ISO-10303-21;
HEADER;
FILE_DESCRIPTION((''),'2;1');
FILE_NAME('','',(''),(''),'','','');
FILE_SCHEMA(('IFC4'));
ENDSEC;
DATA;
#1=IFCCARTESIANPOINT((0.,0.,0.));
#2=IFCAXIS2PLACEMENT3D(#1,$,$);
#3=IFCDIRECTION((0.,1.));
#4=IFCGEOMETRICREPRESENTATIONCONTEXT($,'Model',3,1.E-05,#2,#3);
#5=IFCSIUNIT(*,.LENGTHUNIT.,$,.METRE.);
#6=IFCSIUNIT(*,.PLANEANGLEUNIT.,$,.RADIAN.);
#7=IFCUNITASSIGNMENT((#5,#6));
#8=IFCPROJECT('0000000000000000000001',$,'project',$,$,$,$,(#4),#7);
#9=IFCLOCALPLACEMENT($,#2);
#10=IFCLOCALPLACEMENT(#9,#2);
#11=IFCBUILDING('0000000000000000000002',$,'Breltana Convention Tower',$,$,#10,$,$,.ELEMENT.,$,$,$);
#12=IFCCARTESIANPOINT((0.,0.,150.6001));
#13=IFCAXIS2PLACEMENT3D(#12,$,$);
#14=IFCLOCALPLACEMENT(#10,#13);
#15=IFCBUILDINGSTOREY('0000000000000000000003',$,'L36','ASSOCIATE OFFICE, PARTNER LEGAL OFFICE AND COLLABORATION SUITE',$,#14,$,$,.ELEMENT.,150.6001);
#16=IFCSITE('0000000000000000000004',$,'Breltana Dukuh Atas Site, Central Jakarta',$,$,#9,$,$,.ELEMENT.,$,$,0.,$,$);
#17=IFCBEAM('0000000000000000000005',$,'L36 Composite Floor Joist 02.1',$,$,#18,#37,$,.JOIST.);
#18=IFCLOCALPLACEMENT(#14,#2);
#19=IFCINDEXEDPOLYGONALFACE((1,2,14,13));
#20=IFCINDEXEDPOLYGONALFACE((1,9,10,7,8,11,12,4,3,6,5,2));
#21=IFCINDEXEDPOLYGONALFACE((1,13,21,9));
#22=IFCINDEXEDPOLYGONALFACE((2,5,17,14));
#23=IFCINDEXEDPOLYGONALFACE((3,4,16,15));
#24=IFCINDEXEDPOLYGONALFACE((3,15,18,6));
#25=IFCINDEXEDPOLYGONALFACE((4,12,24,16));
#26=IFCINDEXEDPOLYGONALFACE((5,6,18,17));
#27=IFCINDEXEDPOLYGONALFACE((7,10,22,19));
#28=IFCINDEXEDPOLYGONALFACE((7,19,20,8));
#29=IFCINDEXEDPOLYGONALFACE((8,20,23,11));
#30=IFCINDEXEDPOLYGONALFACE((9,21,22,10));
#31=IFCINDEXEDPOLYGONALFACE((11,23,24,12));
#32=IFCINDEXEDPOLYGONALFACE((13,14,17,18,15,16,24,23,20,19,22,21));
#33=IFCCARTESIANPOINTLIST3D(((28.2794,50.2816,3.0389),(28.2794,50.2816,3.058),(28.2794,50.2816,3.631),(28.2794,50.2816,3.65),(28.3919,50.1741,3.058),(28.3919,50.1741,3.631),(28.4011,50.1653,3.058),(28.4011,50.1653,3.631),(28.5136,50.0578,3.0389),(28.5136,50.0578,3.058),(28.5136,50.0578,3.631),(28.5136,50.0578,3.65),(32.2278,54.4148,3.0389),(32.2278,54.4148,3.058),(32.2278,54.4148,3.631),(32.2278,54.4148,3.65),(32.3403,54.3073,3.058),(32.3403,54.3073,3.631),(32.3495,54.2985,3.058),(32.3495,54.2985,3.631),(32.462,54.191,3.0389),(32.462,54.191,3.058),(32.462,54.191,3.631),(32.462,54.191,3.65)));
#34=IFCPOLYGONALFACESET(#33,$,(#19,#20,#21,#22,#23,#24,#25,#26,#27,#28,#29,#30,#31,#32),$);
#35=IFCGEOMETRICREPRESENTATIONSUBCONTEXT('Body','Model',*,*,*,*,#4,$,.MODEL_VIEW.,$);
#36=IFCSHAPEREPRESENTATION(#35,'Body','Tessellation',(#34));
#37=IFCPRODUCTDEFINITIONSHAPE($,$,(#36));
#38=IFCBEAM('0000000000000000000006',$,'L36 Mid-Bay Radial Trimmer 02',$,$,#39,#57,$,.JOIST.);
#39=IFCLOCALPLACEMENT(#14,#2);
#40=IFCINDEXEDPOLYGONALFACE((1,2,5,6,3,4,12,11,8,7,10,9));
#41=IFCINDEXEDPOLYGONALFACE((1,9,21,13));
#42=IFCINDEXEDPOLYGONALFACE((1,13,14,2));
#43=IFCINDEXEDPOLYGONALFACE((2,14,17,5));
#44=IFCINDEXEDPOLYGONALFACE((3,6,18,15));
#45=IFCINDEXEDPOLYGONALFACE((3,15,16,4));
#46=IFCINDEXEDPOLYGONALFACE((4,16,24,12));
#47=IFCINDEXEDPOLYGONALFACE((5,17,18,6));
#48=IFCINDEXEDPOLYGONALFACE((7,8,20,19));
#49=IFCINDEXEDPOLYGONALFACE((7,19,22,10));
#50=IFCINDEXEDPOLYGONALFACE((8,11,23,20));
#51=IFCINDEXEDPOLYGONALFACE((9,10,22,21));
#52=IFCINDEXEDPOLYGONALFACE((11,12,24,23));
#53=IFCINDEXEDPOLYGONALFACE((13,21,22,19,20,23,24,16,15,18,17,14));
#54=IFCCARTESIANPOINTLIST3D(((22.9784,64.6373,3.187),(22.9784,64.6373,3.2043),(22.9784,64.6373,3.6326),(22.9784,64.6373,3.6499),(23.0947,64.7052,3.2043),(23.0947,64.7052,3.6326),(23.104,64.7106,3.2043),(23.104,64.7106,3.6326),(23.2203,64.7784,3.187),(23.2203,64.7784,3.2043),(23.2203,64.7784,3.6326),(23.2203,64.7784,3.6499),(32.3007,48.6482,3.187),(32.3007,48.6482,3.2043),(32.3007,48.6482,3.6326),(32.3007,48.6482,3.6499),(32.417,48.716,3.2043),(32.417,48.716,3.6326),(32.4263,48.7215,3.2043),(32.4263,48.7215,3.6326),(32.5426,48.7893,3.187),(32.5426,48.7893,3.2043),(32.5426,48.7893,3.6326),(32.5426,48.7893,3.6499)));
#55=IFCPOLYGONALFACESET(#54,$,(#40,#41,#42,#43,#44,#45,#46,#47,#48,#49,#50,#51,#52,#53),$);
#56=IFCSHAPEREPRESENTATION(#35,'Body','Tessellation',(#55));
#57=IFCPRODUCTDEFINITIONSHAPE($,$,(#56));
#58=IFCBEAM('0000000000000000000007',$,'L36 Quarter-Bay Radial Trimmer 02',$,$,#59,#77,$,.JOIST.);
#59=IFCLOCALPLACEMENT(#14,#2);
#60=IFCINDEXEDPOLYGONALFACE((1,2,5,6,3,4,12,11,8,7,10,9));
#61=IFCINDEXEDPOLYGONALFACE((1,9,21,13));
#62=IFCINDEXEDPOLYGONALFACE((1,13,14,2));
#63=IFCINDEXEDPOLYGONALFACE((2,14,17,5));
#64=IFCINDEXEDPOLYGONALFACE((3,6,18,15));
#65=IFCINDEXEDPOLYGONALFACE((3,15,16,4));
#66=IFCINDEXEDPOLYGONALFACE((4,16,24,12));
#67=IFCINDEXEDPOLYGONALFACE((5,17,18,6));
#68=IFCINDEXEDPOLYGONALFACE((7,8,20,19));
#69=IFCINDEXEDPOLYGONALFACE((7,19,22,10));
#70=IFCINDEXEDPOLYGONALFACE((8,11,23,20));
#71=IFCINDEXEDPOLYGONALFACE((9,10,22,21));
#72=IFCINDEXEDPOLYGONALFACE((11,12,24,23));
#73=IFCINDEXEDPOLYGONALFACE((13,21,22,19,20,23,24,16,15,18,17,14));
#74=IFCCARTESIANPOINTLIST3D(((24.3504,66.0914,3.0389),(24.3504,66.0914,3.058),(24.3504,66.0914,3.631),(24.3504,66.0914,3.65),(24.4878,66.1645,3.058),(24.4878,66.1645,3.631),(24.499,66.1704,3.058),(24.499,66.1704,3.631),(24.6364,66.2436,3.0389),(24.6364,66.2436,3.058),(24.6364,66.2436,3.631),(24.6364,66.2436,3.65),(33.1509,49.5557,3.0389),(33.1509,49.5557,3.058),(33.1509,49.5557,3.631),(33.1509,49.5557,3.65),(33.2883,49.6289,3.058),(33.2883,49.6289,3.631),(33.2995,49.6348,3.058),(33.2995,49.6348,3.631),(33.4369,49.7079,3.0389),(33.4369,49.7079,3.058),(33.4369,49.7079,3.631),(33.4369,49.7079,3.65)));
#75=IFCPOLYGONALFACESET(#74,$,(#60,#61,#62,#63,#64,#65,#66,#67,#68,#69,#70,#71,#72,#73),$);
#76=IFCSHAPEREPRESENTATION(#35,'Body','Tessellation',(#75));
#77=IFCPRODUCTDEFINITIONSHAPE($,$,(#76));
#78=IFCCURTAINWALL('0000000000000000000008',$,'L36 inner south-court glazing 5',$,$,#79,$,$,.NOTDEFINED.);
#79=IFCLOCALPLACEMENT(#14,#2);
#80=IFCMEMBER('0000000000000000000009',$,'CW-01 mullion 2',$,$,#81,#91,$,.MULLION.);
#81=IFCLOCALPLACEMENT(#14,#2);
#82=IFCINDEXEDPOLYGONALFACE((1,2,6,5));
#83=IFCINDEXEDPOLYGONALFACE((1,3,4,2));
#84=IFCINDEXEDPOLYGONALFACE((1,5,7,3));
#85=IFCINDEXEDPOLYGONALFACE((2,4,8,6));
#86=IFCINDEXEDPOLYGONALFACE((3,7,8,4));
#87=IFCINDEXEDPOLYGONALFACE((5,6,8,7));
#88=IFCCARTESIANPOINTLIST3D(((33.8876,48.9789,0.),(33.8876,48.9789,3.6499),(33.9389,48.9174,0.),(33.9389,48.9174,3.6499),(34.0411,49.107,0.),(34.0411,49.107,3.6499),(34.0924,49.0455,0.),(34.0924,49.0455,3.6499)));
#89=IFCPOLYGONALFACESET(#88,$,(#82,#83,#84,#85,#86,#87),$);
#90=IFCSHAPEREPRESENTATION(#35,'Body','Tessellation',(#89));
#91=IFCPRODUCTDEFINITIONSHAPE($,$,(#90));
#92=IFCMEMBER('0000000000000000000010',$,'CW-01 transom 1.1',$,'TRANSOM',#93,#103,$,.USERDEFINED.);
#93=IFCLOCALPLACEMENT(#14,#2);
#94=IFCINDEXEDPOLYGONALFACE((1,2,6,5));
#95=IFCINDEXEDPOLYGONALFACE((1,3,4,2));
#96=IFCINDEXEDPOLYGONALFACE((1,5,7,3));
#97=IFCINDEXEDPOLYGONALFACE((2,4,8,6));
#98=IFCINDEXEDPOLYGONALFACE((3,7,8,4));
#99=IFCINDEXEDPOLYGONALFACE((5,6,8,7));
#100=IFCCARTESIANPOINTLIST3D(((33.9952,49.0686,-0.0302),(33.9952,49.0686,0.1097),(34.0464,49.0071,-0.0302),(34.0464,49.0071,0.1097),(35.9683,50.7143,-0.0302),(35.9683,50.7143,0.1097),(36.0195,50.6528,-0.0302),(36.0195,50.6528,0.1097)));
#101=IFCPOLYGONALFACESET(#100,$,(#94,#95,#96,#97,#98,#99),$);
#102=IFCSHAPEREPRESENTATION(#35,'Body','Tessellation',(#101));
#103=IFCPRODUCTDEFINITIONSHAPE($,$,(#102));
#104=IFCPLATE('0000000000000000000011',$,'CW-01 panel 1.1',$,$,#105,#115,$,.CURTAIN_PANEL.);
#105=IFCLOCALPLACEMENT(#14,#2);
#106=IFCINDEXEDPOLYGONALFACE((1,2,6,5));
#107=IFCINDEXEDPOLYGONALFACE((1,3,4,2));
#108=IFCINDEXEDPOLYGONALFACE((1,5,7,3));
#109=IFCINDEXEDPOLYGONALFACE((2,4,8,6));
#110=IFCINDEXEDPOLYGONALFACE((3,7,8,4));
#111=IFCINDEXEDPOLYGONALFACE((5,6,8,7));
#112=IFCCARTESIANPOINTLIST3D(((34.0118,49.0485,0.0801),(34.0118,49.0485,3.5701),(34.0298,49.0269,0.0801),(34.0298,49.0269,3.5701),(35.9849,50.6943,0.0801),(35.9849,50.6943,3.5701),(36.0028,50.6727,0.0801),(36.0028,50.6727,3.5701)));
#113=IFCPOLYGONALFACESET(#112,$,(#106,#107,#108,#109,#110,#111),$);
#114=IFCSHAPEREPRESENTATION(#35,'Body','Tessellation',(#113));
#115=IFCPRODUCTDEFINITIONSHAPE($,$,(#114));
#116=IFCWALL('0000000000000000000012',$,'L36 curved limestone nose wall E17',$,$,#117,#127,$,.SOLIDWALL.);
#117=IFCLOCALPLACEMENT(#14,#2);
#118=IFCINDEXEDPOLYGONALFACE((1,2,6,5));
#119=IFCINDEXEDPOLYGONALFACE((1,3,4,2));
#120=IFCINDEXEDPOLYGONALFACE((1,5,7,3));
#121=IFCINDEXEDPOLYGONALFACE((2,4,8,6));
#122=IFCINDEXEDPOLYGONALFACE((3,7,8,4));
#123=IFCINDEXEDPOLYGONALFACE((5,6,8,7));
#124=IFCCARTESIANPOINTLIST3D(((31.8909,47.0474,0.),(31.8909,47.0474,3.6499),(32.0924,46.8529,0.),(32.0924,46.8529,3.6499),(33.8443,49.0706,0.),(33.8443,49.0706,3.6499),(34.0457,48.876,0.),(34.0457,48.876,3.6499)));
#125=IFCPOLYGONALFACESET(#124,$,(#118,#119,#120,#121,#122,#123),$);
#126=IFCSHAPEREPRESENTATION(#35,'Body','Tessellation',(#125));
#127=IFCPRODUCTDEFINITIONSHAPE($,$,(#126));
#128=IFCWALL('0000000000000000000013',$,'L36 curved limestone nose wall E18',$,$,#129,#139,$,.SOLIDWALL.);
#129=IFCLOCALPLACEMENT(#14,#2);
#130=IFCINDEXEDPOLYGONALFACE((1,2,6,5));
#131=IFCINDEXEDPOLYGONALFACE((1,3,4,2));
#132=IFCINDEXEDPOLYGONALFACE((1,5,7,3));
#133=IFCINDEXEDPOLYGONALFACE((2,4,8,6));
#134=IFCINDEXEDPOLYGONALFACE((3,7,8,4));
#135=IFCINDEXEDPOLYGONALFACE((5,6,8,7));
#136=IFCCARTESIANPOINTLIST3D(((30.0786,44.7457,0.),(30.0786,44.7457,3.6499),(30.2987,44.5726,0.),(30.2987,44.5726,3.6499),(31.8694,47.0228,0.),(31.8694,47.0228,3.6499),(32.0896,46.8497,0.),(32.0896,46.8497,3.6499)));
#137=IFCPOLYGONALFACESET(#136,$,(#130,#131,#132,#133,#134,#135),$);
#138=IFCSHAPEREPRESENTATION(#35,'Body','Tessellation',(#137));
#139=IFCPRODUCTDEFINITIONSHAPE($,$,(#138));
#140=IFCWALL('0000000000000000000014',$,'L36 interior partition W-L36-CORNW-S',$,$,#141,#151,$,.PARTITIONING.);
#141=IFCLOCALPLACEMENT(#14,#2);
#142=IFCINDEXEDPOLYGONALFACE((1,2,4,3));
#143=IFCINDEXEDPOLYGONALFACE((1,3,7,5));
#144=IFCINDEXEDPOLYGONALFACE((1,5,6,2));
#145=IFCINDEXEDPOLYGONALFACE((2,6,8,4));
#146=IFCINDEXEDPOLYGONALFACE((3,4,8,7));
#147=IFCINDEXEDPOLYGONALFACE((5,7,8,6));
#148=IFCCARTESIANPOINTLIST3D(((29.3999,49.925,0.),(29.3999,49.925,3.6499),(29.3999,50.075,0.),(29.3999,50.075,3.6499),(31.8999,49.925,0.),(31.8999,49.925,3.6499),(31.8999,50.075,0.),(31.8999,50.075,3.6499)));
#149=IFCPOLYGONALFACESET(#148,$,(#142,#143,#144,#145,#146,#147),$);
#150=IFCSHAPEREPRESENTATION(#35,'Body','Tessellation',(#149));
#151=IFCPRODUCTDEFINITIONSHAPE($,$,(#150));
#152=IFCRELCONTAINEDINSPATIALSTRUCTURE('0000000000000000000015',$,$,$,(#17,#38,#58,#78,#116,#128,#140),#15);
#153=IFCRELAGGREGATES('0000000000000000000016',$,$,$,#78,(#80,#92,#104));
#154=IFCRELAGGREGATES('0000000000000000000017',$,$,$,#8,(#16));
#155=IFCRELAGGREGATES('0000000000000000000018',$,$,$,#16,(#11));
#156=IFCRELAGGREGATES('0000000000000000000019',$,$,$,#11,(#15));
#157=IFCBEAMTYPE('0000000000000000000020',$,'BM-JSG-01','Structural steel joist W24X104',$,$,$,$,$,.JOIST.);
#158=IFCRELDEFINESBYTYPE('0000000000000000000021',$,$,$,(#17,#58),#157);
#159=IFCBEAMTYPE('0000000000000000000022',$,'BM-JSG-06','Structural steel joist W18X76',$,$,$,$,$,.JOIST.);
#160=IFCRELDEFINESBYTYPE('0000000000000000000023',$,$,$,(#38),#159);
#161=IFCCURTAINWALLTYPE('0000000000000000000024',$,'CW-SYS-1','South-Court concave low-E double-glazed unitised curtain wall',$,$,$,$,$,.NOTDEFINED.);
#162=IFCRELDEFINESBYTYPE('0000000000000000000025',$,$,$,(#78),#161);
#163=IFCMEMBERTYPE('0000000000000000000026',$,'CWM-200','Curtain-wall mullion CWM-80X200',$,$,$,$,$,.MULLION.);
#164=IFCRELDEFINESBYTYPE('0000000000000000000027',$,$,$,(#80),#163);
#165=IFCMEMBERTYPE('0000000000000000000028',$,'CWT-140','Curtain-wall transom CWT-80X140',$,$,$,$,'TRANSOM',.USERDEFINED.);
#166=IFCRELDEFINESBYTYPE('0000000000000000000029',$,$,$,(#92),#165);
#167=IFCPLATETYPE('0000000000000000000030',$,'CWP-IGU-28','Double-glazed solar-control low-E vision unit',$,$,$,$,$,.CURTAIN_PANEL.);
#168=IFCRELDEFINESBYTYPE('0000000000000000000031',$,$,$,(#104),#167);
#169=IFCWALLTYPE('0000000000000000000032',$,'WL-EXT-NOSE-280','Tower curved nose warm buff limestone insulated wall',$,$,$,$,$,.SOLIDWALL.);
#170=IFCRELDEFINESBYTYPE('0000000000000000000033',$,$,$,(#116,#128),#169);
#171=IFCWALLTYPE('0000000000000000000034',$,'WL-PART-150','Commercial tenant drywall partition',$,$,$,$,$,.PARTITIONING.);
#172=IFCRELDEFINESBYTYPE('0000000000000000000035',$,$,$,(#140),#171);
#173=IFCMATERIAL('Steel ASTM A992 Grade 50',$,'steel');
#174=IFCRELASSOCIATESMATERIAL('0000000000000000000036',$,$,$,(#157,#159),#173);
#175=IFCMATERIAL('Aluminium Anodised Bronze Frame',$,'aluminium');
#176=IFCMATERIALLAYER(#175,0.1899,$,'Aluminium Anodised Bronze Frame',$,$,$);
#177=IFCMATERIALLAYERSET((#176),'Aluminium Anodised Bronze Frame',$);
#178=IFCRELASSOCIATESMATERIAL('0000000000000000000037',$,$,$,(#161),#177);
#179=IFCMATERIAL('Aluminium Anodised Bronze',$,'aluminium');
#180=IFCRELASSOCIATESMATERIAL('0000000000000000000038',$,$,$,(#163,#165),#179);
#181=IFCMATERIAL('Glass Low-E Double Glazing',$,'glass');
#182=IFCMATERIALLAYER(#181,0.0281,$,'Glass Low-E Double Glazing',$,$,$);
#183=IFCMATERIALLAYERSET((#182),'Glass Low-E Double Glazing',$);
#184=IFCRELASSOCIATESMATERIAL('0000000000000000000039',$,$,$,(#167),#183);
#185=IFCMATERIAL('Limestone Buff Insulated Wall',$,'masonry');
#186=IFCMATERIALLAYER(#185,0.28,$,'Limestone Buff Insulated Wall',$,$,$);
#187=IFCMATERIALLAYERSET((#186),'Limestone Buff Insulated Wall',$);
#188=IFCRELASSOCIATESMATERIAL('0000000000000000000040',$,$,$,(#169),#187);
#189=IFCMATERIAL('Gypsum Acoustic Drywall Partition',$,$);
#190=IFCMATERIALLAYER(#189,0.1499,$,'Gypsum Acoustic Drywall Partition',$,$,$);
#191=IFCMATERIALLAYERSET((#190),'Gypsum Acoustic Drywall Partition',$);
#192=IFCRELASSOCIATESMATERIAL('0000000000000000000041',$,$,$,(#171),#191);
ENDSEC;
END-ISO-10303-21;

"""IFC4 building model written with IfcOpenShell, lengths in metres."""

from ifc_helpers import new_model, si_unit, direction, frame, frame_2d, origin, origin_2d, place, context, subcontext, project, spatial, rectangle, i_section, extrude, source, transform, mapped, material, layer, layer_set, material_profile, profile_set, type_object, element, aggregate, save


model = new_model("IFC4")

# Units and contexts
model_context = context("Model", 3, precision=1e-05, world=origin(), true_north=direction((0.0, 1.0)))
body_context = subcontext(model_context, "Body", "Model", "MODEL_VIEW")
ifc_project = project(units=[si_unit("LENGTHUNIT", "METRE"), si_unit("PLANEANGLEUNIT", "RADIAN")], contexts=[model_context])

# Site, building, storey
site_placement = place(None, origin())
site = spatial("IfcSite", under=ifc_project, at=site_placement, Name="Breltana Dukuh Atas Site, Central Jakarta", CompositionType="ELEMENT", RefElevation=0.0)
building_placement = place(site_placement, origin())
building = spatial("IfcBuilding", under=site, at=building_placement, Name="Breltana Convention Tower", CompositionType="ELEMENT")
storey_placement = place(building_placement, frame((0.0, 0.0, 150.6001)))
storey = spatial("IfcBuildingStorey", under=building, at=storey_placement, Name="L36", Description="ASSOCIATE OFFICE, PARTNER LEGAL OFFICE AND COLLABORATION SUITE", CompositionType="ELEMENT", Elevation=150.6001)

# Beams
ifc_material_1 = material(Name="Steel ASTM A992 Grade 50", Category="steel")
ifc_material_profile_1 = material_profile(ifc_material_1, i_section(OverallWidth=0.324, OverallDepth=0.6111, WebThickness=0.0127, FlangeThickness=0.019, at=origin_2d()), Name="W24X104")
ifc_profile_set_1 = profile_set([ifc_material_profile_1], Name="Steel ASTM A992 Grade 50")
beam_type_1 = type_object("IfcBeamType", Name="BM-JSG-01", Description="Structural steel joist W24X104", PredefinedType="JOIST", material=ifc_profile_set_1)
shared_shape_1 = source(origin(), body_context, "Body", "SweptSolid", [
    extrude(i_section(OverallWidth=0.324, OverallDepth=0.6111, WebThickness=0.0127, FlangeThickness=0.019, at=origin_2d()), origin(), (0.0, 0.0, 1.0), 5.7161),
])
beam_1_placement = place(storey_placement, frame((28.3965, 50.1697, 3.3445), z_axis=(0.690756, 0.723088, 0.0), x_axis=(-0.723088, 0.690756, 0.0)))
element("IfcBeam", 1, at=beam_1_placement, inside=storey, type_object=beam_type_1, Name="L36 Composite Floor Joist 02.1", PredefinedType="JOIST", context=body_context, shape_type="MappedRepresentation", body=[
    mapped(shared_shape_1, transform((0.0, 0.0, 0.0), scale=1.0)),
])
ifc_material_profile_2 = material_profile(ifc_material_1, i_section(OverallWidth=0.28, OverallDepth=0.4629, WebThickness=0.0107, FlangeThickness=0.0173, at=origin_2d()), Name="W18X76")
ifc_profile_set_2 = profile_set([ifc_material_profile_2], Name="Steel ASTM A992 Grade 50")
beam_type_2 = type_object("IfcBeamType", Name="BM-JSG-06", Description="Structural steel joist W18X76", PredefinedType="JOIST", material=ifc_profile_set_2)
shared_shape_2 = source(origin(), body_context, "Body", "SweptSolid", [
    extrude(i_section(OverallWidth=0.28, OverallDepth=0.4629, WebThickness=0.0107, FlangeThickness=0.0173, at=origin_2d()), origin(), (0.0, 0.0, 1.0), 18.5083),
])
beam_2_placement = place(storey_placement, frame((32.4216, 48.7188, 3.4185), z_axis=(-0.503683, 0.863888, 0.0), x_axis=(-0.863888, -0.503683, 0.0)))
element("IfcBeam", 2, at=beam_2_placement, inside=storey, type_object=beam_type_2, Name="L36 Mid-Bay Radial Trimmer 02", PredefinedType="JOIST", context=body_context, shape_type="MappedRepresentation", body=[
    mapped(shared_shape_2, transform((0.0, 0.0, 0.0), scale=1.0)),
])
shared_shape_3 = source(origin(), body_context, "Body", "SweptSolid", [
    extrude(i_section(OverallWidth=0.324, OverallDepth=0.6111, WebThickness=0.0127, FlangeThickness=0.019, at=origin_2d()), origin(), (0.0, 0.0, 1.0), 18.7317),
])
beam_3_placement = place(storey_placement, frame((33.2939, 49.6318, 3.3445), z_axis=(-0.46982, 0.882762, 0.0), x_axis=(-0.882762, -0.46982, 0.0)))
element("IfcBeam", 3, at=beam_3_placement, inside=storey, type_object=beam_type_1, Name="L36 Quarter-Bay Radial Trimmer 02", PredefinedType="JOIST", context=body_context, shape_type="MappedRepresentation", body=[
    mapped(shared_shape_3, transform((0.0, 0.0, 0.0), scale=1.0)),
])

# Curtain wall, members, plate
ifc_material_2 = material(Name="Aluminium Anodised Bronze Frame", Category="aluminium")
ifc_layer_1 = layer(ifc_material_2, 0.1899, Name="Aluminium Anodised Bronze Frame")
ifc_layer_set_1 = layer_set([ifc_layer_1], Name="Aluminium Anodised Bronze Frame")
curtain_wall_type = type_object("IfcCurtainWallType", Name="CW-SYS-1", Description="South-Court concave low-E double-glazed unitised curtain wall", PredefinedType="NOTDEFINED", material=ifc_layer_set_1)
curtain_wall_placement = place(storey_placement, origin())
curtain_wall = element("IfcCurtainWall", 4, at=curtain_wall_placement, inside=storey, type_object=curtain_wall_type, Name="L36 inner south-court glazing 5", PredefinedType="NOTDEFINED")
ifc_material_3 = material(Name="Aluminium Anodised Bronze", Category="aluminium")
ifc_material_profile_3 = material_profile(ifc_material_3, rectangle(XDim=0.0801, YDim=0.2, at=origin_2d()), Name="CWM-80X200")
ifc_profile_set_3 = profile_set([ifc_material_profile_3], Name="Aluminium Anodised Bronze")
member_type_1 = type_object("IfcMemberType", Name="CWM-200", Description="Curtain-wall mullion CWM-80X200", PredefinedType="MULLION", material=ifc_profile_set_3)
shared_shape_4 = source(origin(), body_context, "Body", "SweptSolid", [
    extrude(rectangle(XDim=0.0801, YDim=0.2, at=origin_2d()), origin(), (0.0, 0.0, 1.0), 3.6499),
])
member_1_placement = place(storey_placement, frame((33.99, 49.0122, 0.0), z_axis=(0.0, 0.0, 1.0), x_axis=(0.640537, -0.767927, 0.0)))
member_1 = element("IfcMember", 5, at=member_1_placement, type_object=member_type_1, Name="CW-01 mullion 2", PredefinedType="MULLION", context=body_context, shape_type="MappedRepresentation", body=[
    mapped(shared_shape_4, transform((0.0, 0.0, 0.0), scale=1.0)),
])
ifc_material_profile_4 = material_profile(ifc_material_3, rectangle(XDim=0.0801, YDim=0.1399, at=origin_2d()), Name="CWT-80X140")
ifc_profile_set_4 = profile_set([ifc_material_profile_4], Name="Aluminium Anodised Bronze")
member_type_2 = type_object("IfcMemberType", Name="CWT-140", Description="Curtain-wall transom CWT-80X140", ElementType="TRANSOM", PredefinedType="USERDEFINED", material=ifc_profile_set_4)
shared_shape_5 = source(origin(), body_context, "Body", "SweptSolid", [
    extrude(rectangle(XDim=0.0801, YDim=0.1399, at=origin_2d()), origin(), (0.0, 0.0, 1.0), 2.5693),
])
member_2_placement = place(storey_placement, frame((35.9939, 50.6836, 0.0398), z_axis=(-0.767941, -0.640521, 0.0), x_axis=(0.640521, -0.767941, 0.0)))
member_2 = element("IfcMember", 6, at=member_2_placement, type_object=member_type_2, Name="CW-01 transom 1.1", ObjectType="TRANSOM", PredefinedType="USERDEFINED", context=body_context, shape_type="MappedRepresentation", body=[
    mapped(shared_shape_5, transform((0.0, 0.0, 0.0), scale=1.0)),
])
ifc_material_4 = material(Name="Glass Low-E Double Glazing", Category="glass")
ifc_layer_2 = layer(ifc_material_4, 0.0281, Name="Glass Low-E Double Glazing")
ifc_layer_set_2 = layer_set([ifc_layer_2], Name="Glass Low-E Double Glazing")
plate_type = type_object("IfcPlateType", Name="CWP-IGU-28", Description="Double-glazed solar-control low-E vision unit", PredefinedType="CURTAIN_PANEL", material=ifc_layer_set_2)
shared_shape_6 = source(origin(), body_context, "Body", "SweptSolid", [
    extrude(rectangle(XDim=2.5693, YDim=0.0281, at=origin_2d()), origin(), (0.0, 0.0, 1.0), 3.49),
])
plate_placement = place(storey_placement, frame((35.0073, 49.8606, 0.0801), z_axis=(0.0, 0.0, 1.0), x_axis=(-0.767927, -0.640537, 0.0)))
plate = element("IfcPlate", 7, at=plate_placement, type_object=plate_type, Name="CW-01 panel 1.1", PredefinedType="CURTAIN_PANEL", context=body_context, shape_type="MappedRepresentation", body=[
    mapped(shared_shape_6, transform((0.0, 0.0, 0.0), scale=1.0)),
])
aggregate(curtain_wall, [member_1, member_2, plate])

# Walls
ifc_material_5 = material(Name="Limestone Buff Insulated Wall", Category="masonry")
ifc_layer_3 = layer(ifc_material_5, 0.28, Name="Limestone Buff Insulated Wall")
ifc_layer_set_3 = layer_set([ifc_layer_3], Name="Limestone Buff Insulated Wall")
wall_type_1 = type_object("IfcWallType", Name="WL-EXT-NOSE-280", Description="Tower curved nose warm buff limestone insulated wall", PredefinedType="SOLIDWALL", material=ifc_layer_set_3)
shared_shape_7 = source(origin(), body_context, "Body", "SweptSolid", [
    extrude(rectangle(XDim=2.8123, YDim=0.28, at=frame_2d((1.4062, 0.0))), origin(), (0.0, 0.0, 1.0), 3.6499),
])
wall_1_placement = place(storey_placement, frame((33.9451, 48.9734, 0.0), z_axis=(0.0, 0.0, 1.0), x_axis=(-0.694584, -0.719412, 0.0)))
element("IfcWall", 8, at=wall_1_placement, inside=storey, type_object=wall_type_1, Name="L36 curved limestone nose wall E17", PredefinedType="SOLIDWALL", context=body_context, shape_type="MappedRepresentation", body=[
    mapped(shared_shape_7, transform((0.0, 0.0, 0.0), scale=1.0)),
])
shared_shape_8 = source(origin(), body_context, "Body", "SweptSolid", [
    extrude(rectangle(XDim=2.897, YDim=0.28, at=frame_2d((1.4485, 0.0))), origin(), (0.0, 0.0, 1.0), 3.6499),
])
wall_2_placement = place(storey_placement, frame((31.9795, 46.9363, 0.0), z_axis=(0.0, 0.0, 1.0), x_axis=(-0.618168, -0.786046, 0.0)))
element("IfcWall", 9, at=wall_2_placement, inside=storey, type_object=wall_type_1, Name="L36 curved limestone nose wall E18", PredefinedType="SOLIDWALL", context=body_context, shape_type="MappedRepresentation", body=[
    mapped(shared_shape_8, transform((0.0, 0.0, 0.0), scale=1.0)),
])
ifc_material_6 = material(Name="Gypsum Acoustic Drywall Partition")
ifc_layer_4 = layer(ifc_material_6, 0.1499, Name="Gypsum Acoustic Drywall Partition")
ifc_layer_set_4 = layer_set([ifc_layer_4], Name="Gypsum Acoustic Drywall Partition")
wall_type_2 = type_object("IfcWallType", Name="WL-PART-150", Description="Commercial tenant drywall partition", PredefinedType="PARTITIONING", material=ifc_layer_set_4)
shared_shape_9 = source(origin(), body_context, "Body", "SweptSolid", [
    extrude(rectangle(XDim=2.5, YDim=0.1499, at=frame_2d((1.25, 0.0))), origin(), (0.0, 0.0, 1.0), 3.6499),
])
wall_3_placement = place(storey_placement, frame((29.3999, 50.0, 0.0), z_axis=(0.0, 0.0, 1.0), x_axis=(1.0, 0.0, 0.0)))
element("IfcWall", 10, at=wall_3_placement, inside=storey, type_object=wall_type_2, Name="L36 interior partition W-L36-CORNW-S", PredefinedType="PARTITIONING", context=body_context, shape_type="MappedRepresentation", body=[
    mapped(shared_shape_9, transform((0.0, 0.0, 0.0), scale=1.0)),
])

save(model, "model.ifc")
